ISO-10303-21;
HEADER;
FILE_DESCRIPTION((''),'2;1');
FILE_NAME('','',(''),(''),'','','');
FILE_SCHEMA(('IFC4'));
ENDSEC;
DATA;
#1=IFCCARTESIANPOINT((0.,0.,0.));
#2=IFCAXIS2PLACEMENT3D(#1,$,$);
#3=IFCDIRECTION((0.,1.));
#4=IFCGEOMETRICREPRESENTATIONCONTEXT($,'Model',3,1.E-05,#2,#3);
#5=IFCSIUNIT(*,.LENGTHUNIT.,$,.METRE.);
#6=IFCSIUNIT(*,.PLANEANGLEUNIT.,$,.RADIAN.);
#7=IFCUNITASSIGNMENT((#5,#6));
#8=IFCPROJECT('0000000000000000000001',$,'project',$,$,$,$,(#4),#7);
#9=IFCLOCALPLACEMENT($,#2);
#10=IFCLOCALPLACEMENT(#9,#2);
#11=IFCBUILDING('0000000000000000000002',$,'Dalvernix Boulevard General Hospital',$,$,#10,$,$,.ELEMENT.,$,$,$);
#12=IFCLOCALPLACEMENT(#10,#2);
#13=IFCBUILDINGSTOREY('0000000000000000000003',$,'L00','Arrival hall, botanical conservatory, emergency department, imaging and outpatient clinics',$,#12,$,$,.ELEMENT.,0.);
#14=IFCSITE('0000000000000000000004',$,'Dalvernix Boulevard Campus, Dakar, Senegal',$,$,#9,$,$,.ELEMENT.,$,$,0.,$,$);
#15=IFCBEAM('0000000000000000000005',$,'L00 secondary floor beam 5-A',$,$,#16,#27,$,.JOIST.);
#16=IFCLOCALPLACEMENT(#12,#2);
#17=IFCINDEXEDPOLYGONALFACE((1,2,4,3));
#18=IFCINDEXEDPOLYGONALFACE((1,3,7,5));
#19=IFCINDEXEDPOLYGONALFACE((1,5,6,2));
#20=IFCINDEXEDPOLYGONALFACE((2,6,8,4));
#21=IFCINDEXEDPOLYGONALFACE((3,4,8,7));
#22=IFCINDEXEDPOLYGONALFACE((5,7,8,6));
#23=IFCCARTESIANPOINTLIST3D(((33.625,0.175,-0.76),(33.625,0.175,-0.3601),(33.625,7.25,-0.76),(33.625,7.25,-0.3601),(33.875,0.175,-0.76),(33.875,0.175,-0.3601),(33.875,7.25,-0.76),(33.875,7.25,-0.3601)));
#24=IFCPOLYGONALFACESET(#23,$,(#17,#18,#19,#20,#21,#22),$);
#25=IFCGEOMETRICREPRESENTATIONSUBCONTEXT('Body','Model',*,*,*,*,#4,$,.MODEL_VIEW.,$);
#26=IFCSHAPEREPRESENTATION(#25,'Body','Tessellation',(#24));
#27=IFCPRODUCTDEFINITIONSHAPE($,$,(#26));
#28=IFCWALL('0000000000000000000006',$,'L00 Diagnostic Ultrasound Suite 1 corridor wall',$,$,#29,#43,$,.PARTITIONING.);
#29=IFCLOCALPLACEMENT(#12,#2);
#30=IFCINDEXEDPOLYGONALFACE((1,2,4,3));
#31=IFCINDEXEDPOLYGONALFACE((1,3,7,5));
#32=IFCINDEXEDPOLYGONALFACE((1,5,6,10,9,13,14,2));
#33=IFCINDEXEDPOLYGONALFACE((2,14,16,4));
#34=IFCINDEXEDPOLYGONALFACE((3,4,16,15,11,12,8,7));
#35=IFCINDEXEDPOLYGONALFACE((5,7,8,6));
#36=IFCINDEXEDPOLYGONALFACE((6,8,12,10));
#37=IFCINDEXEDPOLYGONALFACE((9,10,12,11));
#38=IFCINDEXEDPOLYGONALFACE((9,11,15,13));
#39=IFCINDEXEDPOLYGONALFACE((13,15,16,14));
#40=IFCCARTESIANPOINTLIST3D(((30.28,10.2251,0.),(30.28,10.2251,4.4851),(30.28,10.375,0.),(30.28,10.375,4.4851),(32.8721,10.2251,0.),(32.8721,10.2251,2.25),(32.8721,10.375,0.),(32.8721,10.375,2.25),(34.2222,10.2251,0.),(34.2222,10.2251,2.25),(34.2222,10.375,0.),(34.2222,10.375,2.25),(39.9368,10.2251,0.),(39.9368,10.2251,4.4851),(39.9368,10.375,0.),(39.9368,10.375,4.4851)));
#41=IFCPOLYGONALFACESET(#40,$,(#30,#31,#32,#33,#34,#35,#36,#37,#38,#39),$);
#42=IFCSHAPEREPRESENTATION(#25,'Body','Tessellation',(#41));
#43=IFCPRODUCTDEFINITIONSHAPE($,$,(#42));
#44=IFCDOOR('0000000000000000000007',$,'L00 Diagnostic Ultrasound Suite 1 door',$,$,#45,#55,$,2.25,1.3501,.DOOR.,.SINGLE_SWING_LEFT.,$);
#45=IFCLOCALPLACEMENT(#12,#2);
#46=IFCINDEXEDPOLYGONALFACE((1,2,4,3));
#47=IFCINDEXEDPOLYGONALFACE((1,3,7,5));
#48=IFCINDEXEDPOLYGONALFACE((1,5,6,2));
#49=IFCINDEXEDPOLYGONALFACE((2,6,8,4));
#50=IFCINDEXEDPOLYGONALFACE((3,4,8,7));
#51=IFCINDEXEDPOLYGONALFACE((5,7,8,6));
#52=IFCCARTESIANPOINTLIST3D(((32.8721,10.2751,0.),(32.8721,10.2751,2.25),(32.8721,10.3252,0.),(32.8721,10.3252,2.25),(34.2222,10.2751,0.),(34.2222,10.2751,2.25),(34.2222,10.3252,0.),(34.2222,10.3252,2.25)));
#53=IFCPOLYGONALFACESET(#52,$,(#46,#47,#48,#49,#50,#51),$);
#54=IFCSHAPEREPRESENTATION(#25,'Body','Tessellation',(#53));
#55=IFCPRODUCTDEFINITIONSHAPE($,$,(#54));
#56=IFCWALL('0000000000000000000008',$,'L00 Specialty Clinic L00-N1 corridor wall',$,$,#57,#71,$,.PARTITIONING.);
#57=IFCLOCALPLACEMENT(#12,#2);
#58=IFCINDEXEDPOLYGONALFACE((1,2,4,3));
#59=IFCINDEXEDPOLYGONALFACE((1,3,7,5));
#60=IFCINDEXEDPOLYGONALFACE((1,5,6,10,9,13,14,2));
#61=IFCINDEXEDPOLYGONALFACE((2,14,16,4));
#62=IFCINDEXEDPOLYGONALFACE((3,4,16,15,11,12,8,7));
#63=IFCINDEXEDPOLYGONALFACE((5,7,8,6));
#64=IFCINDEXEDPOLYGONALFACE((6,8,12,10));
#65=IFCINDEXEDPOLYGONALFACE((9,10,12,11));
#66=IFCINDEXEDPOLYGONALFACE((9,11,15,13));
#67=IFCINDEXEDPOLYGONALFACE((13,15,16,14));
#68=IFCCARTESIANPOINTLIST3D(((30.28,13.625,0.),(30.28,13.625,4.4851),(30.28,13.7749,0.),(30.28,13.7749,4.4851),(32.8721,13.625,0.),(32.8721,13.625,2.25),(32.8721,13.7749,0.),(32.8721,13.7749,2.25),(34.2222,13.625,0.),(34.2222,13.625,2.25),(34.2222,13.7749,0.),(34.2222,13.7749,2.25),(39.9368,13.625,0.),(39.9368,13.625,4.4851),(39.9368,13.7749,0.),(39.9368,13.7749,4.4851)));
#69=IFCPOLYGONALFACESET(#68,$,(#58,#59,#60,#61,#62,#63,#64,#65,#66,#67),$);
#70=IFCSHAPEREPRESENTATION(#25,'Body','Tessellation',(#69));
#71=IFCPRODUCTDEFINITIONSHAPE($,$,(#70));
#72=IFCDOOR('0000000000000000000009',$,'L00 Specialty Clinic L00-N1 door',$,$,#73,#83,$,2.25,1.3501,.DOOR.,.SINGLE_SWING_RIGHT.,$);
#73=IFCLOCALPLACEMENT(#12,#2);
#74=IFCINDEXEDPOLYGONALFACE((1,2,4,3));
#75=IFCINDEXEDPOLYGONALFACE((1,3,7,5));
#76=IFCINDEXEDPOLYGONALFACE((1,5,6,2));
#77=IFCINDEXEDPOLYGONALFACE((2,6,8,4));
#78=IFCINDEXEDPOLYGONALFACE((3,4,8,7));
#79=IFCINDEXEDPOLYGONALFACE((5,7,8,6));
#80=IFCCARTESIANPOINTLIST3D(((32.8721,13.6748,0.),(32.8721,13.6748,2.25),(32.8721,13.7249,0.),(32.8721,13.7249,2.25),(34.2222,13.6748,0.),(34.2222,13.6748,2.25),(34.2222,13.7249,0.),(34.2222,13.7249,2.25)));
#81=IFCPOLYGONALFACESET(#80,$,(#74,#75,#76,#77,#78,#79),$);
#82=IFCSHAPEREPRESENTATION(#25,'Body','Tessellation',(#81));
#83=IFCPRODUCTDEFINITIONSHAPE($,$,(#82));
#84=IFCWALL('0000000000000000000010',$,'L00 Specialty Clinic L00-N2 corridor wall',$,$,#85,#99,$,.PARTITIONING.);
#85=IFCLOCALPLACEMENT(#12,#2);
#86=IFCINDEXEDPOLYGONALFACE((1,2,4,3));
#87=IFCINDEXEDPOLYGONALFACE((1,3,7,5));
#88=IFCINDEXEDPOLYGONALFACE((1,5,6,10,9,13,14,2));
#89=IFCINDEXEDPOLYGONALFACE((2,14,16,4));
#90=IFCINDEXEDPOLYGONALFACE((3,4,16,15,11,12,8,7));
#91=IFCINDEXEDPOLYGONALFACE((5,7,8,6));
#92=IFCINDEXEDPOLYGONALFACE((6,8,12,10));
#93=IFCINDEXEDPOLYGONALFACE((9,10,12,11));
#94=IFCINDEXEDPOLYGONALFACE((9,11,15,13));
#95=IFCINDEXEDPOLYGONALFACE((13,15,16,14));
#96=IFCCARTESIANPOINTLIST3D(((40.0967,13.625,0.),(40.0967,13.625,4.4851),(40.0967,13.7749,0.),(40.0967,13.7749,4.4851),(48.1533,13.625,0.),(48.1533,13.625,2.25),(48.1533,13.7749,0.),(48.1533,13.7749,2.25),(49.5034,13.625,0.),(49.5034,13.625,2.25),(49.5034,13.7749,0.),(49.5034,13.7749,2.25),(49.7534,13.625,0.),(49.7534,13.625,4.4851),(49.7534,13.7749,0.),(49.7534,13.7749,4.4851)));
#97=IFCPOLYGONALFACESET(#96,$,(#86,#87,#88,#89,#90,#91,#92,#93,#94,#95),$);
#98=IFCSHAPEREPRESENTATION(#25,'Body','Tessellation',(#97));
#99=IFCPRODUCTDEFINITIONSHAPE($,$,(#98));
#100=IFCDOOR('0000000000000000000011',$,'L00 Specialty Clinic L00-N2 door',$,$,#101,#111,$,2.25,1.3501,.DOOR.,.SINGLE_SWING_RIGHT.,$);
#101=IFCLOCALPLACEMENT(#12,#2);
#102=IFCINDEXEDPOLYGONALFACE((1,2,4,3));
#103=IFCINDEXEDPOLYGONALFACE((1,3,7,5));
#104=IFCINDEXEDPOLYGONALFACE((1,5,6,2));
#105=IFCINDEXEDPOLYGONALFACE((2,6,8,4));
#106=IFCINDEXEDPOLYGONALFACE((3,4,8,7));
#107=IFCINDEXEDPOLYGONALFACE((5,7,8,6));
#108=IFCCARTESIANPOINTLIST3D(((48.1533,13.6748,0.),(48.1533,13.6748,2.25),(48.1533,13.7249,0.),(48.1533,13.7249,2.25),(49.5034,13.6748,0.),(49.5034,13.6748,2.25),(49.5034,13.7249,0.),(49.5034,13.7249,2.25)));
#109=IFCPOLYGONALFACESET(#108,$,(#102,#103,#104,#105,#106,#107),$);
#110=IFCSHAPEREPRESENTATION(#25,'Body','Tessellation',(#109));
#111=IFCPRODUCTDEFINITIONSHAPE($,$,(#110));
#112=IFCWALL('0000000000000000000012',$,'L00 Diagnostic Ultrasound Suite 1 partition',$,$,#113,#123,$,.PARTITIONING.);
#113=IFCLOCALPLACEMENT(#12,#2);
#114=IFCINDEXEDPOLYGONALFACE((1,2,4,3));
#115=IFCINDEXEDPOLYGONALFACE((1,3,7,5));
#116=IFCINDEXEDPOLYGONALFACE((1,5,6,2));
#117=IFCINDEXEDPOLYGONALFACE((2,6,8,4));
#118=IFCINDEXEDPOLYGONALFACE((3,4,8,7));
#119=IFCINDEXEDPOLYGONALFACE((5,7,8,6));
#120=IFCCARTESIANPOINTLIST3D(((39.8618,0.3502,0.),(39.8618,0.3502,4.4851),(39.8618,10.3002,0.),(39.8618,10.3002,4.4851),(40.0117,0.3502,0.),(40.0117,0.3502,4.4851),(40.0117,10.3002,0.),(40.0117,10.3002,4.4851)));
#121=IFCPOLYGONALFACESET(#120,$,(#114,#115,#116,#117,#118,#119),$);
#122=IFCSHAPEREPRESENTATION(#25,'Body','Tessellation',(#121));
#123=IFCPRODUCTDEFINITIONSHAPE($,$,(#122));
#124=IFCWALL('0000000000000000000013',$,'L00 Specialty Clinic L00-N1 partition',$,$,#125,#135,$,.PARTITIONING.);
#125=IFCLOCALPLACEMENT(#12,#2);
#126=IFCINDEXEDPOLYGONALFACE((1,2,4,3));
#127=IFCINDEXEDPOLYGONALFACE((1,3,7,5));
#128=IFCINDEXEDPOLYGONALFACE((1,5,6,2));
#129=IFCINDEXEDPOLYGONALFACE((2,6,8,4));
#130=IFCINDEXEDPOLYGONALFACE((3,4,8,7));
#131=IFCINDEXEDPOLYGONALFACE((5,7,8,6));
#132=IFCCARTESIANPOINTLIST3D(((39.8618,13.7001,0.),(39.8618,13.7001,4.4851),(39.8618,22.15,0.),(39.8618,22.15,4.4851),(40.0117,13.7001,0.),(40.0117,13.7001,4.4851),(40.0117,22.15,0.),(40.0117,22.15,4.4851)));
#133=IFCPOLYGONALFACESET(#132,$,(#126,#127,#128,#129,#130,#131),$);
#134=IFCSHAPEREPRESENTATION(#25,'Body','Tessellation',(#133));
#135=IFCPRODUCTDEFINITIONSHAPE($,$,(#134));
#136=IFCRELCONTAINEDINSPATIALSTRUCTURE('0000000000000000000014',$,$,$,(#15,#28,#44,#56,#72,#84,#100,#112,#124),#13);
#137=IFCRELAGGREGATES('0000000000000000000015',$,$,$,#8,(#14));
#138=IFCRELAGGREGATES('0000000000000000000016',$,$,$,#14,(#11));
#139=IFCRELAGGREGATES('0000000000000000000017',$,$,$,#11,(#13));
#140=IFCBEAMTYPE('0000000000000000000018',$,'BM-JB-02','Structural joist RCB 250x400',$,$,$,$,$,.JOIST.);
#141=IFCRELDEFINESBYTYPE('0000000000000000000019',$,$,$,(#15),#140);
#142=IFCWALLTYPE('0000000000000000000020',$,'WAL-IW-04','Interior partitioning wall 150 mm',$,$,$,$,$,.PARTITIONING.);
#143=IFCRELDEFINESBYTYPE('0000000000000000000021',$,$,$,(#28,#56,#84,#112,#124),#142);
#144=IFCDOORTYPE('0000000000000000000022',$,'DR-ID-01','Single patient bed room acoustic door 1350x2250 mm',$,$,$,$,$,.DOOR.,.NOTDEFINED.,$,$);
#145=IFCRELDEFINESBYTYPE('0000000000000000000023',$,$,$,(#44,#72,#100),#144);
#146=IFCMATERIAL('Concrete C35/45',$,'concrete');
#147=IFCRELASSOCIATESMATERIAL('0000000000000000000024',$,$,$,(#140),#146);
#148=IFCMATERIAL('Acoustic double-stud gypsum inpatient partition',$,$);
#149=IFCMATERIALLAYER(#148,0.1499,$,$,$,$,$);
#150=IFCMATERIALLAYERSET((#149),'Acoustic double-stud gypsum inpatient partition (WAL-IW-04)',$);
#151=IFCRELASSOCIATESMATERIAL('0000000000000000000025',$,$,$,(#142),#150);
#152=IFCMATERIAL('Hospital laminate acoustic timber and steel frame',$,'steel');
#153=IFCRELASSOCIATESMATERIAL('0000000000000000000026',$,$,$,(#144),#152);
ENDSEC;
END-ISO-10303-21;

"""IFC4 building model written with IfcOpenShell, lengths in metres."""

from ifc_helpers import new_model, si_unit, direction, frame, frame_2d, origin, origin_2d, place, context, subcontext, project, spatial, rectangle, extrude, material, layer, layer_set, material_profile, profile_set, type_object, element, fill, save


model = new_model("IFC4")

# Units and contexts
model_context = context("Model", 3, precision=1e-05, world=origin(), true_north=direction((0.0, 1.0)))
body_context = subcontext(model_context, "Body", "Model", "MODEL_VIEW")
ifc_project = project(units=[si_unit("LENGTHUNIT", "METRE"), si_unit("PLANEANGLEUNIT", "RADIAN")], contexts=[model_context])

# Site, building, storey
site_placement = place(None, origin())
site = spatial("IfcSite", under=ifc_project, at=site_placement, Name="Dalvernix Boulevard Campus, Dakar, Senegal", CompositionType="ELEMENT", RefElevation=0.0)
building_placement = place(site_placement, origin())
building = spatial("IfcBuilding", under=site, at=building_placement, Name="Dalvernix Boulevard General Hospital", CompositionType="ELEMENT")
storey_placement = place(building_placement, origin())
storey = spatial("IfcBuildingStorey", under=building, at=storey_placement, Name="L00", Description="Arrival hall, botanical conservatory, emergency department, imaging and outpatient clinics", CompositionType="ELEMENT", Elevation=0.0)

# Beam
ifc_material_1 = material(Name="Concrete C35/45", Category="concrete")
ifc_material_profile_1 = material_profile(ifc_material_1, rectangle(XDim=0.25, YDim=0.3999, at=origin_2d()), Name="RCB 250x400")
ifc_profile_set_1 = profile_set([ifc_material_profile_1], Name="Concrete C35/45")
beam_type_1 = type_object("IfcBeamType", Name="BM-JB-02", Description="Structural joist RCB 250x400", PredefinedType="JOIST", material=ifc_profile_set_1)
beam_placement = place(storey_placement, frame((33.75, 0.175, -0.5601), z_axis=(0.0, 1.0, 0.0), x_axis=(-1.0, 0.0, 0.0)))
element("IfcBeam", 1, at=beam_placement, inside=storey, type_object=beam_type_1, Name="L00 secondary floor beam 5-A", PredefinedType="JOIST", context=body_context, shape_type="SweptSolid", body=[
    extrude(rectangle(XDim=0.25, YDim=0.3999, at=origin_2d()), origin(), (0.0, 0.0, 1.0), 7.075),
])

# Walls, openings, doors
ifc_material_2 = material(Name="Acoustic double-stud gypsum inpatient partition")
ifc_layer = layer(ifc_material_2, 0.1499)
ifc_layer_set = layer_set([ifc_layer], Name="Acoustic double-stud gypsum inpatient partition (WAL-IW-04)")
wall_type = type_object("IfcWallType", Name="WAL-IW-04", Description="Interior partitioning wall 150 mm", PredefinedType="PARTITIONING", material=ifc_layer_set)
wall_1_placement = place(storey_placement, frame((39.9368, 10.3, 0.0), z_axis=(0.0, 0.0, 1.0), x_axis=(-1.0, 0.0, 0.0)))
wall_1 = element("IfcWall", 2, at=wall_1_placement, inside=storey, type_object=wall_type, Name="L00 Diagnostic Ultrasound Suite 1 corridor wall", PredefinedType="PARTITIONING", context=body_context, shape_type="SweptSolid", body=[
    extrude(rectangle(XDim=9.6567, YDim=0.1499, at=frame_2d((4.8284, 0.0))), origin(), (0.0, 0.0, 1.0), 4.4851),
])
opening_1_placement = place(wall_1_placement, frame((5.7146, 0.0, 0.0)))
opening_1 = element("IfcOpeningElement", 3, at=opening_1_placement, cuts=wall_1, PredefinedType="OPENING", context=body_context, shape_type="SweptSolid", body=[
    extrude(rectangle(XDim=1.3501, YDim=2.25, at=frame_2d((0.675, 1.125))), frame((0.0, 0.085, 0.0), z_axis=(0.0, -1.0, 0.0), x_axis=(1.0, 0.0, 0.0)), (0.0, 0.0, 1.0), 0.1699),
])
ifc_material_3 = material(Name="Hospital laminate acoustic timber and steel frame", Category="steel")
door_type = type_object("IfcDoorType", Name="DR-ID-01", Description="Single patient bed room acoustic door 1350x2250 mm", OperationType="NOTDEFINED", PredefinedType="DOOR", material=ifc_material_3)
door_1_placement = place(opening_1_placement, origin())
door_1 = element("IfcDoor", 4, at=door_1_placement, inside=storey, type_object=door_type, Name="L00 Diagnostic Ultrasound Suite 1 door", OperationType="SINGLE_SWING_LEFT", OverallHeight=2.25, OverallWidth=1.3501, PredefinedType="DOOR", context=body_context, shape_type="SweptSolid", body=[
    extrude(rectangle(XDim=1.3501, YDim=2.25, at=frame_2d((0.675, 1.125))), frame((0.0, 0.0249, 0.0), z_axis=(0.0, -1.0, 0.0), x_axis=(1.0, 0.0, 0.0)), (0.0, 0.0, 1.0), 0.05),
])
fill(opening_1, door_1)
wall_2_placement = place(storey_placement, frame((30.28, 13.7, 0.0), z_axis=(0.0, 0.0, 1.0), x_axis=(1.0, 0.0, 0.0)))
wall_2 = element("IfcWall", 5, at=wall_2_placement, inside=storey, type_object=wall_type, Name="L00 Specialty Clinic L00-N1 corridor wall", PredefinedType="PARTITIONING", context=body_context, shape_type="SweptSolid", body=[
    extrude(rectangle(XDim=9.6567, YDim=0.1499, at=frame_2d((4.8284, 0.0))), origin(), (0.0, 0.0, 1.0), 4.4851),
])
opening_2_placement = place(wall_2_placement, frame((2.592, 0.0, 0.0)))
opening_2 = element("IfcOpeningElement", 6, at=opening_2_placement, cuts=wall_2, PredefinedType="OPENING", context=body_context, shape_type="SweptSolid", body=[
    extrude(rectangle(XDim=1.3501, YDim=2.25, at=frame_2d((0.675, 1.125))), frame((0.0, 0.085, 0.0), z_axis=(0.0, -1.0, 0.0), x_axis=(1.0, 0.0, 0.0)), (0.0, 0.0, 1.0), 0.1699),
])
door_2_placement = place(opening_2_placement, origin())
door_2 = element("IfcDoor", 7, at=door_2_placement, inside=storey, type_object=door_type, Name="L00 Specialty Clinic L00-N1 door", OperationType="SINGLE_SWING_RIGHT", OverallHeight=2.25, OverallWidth=1.3501, PredefinedType="DOOR", context=body_context, shape_type="SweptSolid", body=[
    extrude(rectangle(XDim=1.3501, YDim=2.25, at=frame_2d((0.675, 1.125))), frame((0.0, 0.0249, 0.0), z_axis=(0.0, -1.0, 0.0), x_axis=(1.0, 0.0, 0.0)), (0.0, 0.0, 1.0), 0.05),
])
fill(opening_2, door_2)
wall_3_placement = place(storey_placement, frame((40.0967, 13.7, 0.0), z_axis=(0.0, 0.0, 1.0), x_axis=(1.0, 0.0, 0.0)))
wall_3 = element("IfcWall", 8, at=wall_3_placement, inside=storey, type_object=wall_type, Name="L00 Specialty Clinic L00-N2 corridor wall", PredefinedType="PARTITIONING", context=body_context, shape_type="SweptSolid", body=[
    extrude(rectangle(XDim=9.6567, YDim=0.1499, at=frame_2d((4.8284, 0.0))), origin(), (0.0, 0.0, 1.0), 4.4851),
])
opening_3_placement = place(wall_3_placement, frame((8.0566, 0.0, 0.0)))
opening_3 = element("IfcOpeningElement", 9, at=opening_3_placement, cuts=wall_3, PredefinedType="OPENING", context=body_context, shape_type="SweptSolid", body=[
    extrude(rectangle(XDim=1.3501, YDim=2.25, at=frame_2d((0.675, 1.125))), frame((0.0, 0.085, 0.0), z_axis=(0.0, -1.0, 0.0), x_axis=(1.0, 0.0, 0.0)), (0.0, 0.0, 1.0), 0.1699),
])
door_3_placement = place(opening_3_placement, origin())
door_3 = element("IfcDoor", 10, at=door_3_placement, inside=storey, type_object=door_type, Name="L00 Specialty Clinic L00-N2 door", OperationType="SINGLE_SWING_RIGHT", OverallHeight=2.25, OverallWidth=1.3501, PredefinedType="DOOR", context=body_context, shape_type="SweptSolid", body=[
    extrude(rectangle(XDim=1.3501, YDim=2.25, at=frame_2d((0.675, 1.125))), frame((0.0, 0.0249, 0.0), z_axis=(0.0, -1.0, 0.0), x_axis=(1.0, 0.0, 0.0)), (0.0, 0.0, 1.0), 0.05),
])
fill(opening_3, door_3)

# Walls
wall_4_placement = place(storey_placement, frame((39.9368, 0.3501, 0.0), z_axis=(0.0, 0.0, 1.0), x_axis=(0.0, 1.0, 0.0)))
element("IfcWall", 11, at=wall_4_placement, inside=storey, type_object=wall_type, Name="L00 Diagnostic Ultrasound Suite 1 partition", PredefinedType="PARTITIONING", context=body_context, shape_type="SweptSolid", body=[
    extrude(rectangle(XDim=9.95, YDim=0.1499, at=frame_2d((4.9751, 0.0))), origin(), (0.0, 0.0, 1.0), 4.4851),
])
wall_5_placement = place(storey_placement, frame((39.9368, 13.7, 0.0), z_axis=(0.0, 0.0, 1.0), x_axis=(0.0, 1.0, 0.0)))
element("IfcWall", 12, at=wall_5_placement, inside=storey, type_object=wall_type, Name="L00 Specialty Clinic L00-N1 partition", PredefinedType="PARTITIONING", context=body_context, shape_type="SweptSolid", body=[
    extrude(rectangle(XDim=8.45, YDim=0.1499, at=frame_2d((4.2251, 0.0))), origin(), (0.0, 0.0, 1.0), 4.4851),
])

save(model, "model.ifc")
